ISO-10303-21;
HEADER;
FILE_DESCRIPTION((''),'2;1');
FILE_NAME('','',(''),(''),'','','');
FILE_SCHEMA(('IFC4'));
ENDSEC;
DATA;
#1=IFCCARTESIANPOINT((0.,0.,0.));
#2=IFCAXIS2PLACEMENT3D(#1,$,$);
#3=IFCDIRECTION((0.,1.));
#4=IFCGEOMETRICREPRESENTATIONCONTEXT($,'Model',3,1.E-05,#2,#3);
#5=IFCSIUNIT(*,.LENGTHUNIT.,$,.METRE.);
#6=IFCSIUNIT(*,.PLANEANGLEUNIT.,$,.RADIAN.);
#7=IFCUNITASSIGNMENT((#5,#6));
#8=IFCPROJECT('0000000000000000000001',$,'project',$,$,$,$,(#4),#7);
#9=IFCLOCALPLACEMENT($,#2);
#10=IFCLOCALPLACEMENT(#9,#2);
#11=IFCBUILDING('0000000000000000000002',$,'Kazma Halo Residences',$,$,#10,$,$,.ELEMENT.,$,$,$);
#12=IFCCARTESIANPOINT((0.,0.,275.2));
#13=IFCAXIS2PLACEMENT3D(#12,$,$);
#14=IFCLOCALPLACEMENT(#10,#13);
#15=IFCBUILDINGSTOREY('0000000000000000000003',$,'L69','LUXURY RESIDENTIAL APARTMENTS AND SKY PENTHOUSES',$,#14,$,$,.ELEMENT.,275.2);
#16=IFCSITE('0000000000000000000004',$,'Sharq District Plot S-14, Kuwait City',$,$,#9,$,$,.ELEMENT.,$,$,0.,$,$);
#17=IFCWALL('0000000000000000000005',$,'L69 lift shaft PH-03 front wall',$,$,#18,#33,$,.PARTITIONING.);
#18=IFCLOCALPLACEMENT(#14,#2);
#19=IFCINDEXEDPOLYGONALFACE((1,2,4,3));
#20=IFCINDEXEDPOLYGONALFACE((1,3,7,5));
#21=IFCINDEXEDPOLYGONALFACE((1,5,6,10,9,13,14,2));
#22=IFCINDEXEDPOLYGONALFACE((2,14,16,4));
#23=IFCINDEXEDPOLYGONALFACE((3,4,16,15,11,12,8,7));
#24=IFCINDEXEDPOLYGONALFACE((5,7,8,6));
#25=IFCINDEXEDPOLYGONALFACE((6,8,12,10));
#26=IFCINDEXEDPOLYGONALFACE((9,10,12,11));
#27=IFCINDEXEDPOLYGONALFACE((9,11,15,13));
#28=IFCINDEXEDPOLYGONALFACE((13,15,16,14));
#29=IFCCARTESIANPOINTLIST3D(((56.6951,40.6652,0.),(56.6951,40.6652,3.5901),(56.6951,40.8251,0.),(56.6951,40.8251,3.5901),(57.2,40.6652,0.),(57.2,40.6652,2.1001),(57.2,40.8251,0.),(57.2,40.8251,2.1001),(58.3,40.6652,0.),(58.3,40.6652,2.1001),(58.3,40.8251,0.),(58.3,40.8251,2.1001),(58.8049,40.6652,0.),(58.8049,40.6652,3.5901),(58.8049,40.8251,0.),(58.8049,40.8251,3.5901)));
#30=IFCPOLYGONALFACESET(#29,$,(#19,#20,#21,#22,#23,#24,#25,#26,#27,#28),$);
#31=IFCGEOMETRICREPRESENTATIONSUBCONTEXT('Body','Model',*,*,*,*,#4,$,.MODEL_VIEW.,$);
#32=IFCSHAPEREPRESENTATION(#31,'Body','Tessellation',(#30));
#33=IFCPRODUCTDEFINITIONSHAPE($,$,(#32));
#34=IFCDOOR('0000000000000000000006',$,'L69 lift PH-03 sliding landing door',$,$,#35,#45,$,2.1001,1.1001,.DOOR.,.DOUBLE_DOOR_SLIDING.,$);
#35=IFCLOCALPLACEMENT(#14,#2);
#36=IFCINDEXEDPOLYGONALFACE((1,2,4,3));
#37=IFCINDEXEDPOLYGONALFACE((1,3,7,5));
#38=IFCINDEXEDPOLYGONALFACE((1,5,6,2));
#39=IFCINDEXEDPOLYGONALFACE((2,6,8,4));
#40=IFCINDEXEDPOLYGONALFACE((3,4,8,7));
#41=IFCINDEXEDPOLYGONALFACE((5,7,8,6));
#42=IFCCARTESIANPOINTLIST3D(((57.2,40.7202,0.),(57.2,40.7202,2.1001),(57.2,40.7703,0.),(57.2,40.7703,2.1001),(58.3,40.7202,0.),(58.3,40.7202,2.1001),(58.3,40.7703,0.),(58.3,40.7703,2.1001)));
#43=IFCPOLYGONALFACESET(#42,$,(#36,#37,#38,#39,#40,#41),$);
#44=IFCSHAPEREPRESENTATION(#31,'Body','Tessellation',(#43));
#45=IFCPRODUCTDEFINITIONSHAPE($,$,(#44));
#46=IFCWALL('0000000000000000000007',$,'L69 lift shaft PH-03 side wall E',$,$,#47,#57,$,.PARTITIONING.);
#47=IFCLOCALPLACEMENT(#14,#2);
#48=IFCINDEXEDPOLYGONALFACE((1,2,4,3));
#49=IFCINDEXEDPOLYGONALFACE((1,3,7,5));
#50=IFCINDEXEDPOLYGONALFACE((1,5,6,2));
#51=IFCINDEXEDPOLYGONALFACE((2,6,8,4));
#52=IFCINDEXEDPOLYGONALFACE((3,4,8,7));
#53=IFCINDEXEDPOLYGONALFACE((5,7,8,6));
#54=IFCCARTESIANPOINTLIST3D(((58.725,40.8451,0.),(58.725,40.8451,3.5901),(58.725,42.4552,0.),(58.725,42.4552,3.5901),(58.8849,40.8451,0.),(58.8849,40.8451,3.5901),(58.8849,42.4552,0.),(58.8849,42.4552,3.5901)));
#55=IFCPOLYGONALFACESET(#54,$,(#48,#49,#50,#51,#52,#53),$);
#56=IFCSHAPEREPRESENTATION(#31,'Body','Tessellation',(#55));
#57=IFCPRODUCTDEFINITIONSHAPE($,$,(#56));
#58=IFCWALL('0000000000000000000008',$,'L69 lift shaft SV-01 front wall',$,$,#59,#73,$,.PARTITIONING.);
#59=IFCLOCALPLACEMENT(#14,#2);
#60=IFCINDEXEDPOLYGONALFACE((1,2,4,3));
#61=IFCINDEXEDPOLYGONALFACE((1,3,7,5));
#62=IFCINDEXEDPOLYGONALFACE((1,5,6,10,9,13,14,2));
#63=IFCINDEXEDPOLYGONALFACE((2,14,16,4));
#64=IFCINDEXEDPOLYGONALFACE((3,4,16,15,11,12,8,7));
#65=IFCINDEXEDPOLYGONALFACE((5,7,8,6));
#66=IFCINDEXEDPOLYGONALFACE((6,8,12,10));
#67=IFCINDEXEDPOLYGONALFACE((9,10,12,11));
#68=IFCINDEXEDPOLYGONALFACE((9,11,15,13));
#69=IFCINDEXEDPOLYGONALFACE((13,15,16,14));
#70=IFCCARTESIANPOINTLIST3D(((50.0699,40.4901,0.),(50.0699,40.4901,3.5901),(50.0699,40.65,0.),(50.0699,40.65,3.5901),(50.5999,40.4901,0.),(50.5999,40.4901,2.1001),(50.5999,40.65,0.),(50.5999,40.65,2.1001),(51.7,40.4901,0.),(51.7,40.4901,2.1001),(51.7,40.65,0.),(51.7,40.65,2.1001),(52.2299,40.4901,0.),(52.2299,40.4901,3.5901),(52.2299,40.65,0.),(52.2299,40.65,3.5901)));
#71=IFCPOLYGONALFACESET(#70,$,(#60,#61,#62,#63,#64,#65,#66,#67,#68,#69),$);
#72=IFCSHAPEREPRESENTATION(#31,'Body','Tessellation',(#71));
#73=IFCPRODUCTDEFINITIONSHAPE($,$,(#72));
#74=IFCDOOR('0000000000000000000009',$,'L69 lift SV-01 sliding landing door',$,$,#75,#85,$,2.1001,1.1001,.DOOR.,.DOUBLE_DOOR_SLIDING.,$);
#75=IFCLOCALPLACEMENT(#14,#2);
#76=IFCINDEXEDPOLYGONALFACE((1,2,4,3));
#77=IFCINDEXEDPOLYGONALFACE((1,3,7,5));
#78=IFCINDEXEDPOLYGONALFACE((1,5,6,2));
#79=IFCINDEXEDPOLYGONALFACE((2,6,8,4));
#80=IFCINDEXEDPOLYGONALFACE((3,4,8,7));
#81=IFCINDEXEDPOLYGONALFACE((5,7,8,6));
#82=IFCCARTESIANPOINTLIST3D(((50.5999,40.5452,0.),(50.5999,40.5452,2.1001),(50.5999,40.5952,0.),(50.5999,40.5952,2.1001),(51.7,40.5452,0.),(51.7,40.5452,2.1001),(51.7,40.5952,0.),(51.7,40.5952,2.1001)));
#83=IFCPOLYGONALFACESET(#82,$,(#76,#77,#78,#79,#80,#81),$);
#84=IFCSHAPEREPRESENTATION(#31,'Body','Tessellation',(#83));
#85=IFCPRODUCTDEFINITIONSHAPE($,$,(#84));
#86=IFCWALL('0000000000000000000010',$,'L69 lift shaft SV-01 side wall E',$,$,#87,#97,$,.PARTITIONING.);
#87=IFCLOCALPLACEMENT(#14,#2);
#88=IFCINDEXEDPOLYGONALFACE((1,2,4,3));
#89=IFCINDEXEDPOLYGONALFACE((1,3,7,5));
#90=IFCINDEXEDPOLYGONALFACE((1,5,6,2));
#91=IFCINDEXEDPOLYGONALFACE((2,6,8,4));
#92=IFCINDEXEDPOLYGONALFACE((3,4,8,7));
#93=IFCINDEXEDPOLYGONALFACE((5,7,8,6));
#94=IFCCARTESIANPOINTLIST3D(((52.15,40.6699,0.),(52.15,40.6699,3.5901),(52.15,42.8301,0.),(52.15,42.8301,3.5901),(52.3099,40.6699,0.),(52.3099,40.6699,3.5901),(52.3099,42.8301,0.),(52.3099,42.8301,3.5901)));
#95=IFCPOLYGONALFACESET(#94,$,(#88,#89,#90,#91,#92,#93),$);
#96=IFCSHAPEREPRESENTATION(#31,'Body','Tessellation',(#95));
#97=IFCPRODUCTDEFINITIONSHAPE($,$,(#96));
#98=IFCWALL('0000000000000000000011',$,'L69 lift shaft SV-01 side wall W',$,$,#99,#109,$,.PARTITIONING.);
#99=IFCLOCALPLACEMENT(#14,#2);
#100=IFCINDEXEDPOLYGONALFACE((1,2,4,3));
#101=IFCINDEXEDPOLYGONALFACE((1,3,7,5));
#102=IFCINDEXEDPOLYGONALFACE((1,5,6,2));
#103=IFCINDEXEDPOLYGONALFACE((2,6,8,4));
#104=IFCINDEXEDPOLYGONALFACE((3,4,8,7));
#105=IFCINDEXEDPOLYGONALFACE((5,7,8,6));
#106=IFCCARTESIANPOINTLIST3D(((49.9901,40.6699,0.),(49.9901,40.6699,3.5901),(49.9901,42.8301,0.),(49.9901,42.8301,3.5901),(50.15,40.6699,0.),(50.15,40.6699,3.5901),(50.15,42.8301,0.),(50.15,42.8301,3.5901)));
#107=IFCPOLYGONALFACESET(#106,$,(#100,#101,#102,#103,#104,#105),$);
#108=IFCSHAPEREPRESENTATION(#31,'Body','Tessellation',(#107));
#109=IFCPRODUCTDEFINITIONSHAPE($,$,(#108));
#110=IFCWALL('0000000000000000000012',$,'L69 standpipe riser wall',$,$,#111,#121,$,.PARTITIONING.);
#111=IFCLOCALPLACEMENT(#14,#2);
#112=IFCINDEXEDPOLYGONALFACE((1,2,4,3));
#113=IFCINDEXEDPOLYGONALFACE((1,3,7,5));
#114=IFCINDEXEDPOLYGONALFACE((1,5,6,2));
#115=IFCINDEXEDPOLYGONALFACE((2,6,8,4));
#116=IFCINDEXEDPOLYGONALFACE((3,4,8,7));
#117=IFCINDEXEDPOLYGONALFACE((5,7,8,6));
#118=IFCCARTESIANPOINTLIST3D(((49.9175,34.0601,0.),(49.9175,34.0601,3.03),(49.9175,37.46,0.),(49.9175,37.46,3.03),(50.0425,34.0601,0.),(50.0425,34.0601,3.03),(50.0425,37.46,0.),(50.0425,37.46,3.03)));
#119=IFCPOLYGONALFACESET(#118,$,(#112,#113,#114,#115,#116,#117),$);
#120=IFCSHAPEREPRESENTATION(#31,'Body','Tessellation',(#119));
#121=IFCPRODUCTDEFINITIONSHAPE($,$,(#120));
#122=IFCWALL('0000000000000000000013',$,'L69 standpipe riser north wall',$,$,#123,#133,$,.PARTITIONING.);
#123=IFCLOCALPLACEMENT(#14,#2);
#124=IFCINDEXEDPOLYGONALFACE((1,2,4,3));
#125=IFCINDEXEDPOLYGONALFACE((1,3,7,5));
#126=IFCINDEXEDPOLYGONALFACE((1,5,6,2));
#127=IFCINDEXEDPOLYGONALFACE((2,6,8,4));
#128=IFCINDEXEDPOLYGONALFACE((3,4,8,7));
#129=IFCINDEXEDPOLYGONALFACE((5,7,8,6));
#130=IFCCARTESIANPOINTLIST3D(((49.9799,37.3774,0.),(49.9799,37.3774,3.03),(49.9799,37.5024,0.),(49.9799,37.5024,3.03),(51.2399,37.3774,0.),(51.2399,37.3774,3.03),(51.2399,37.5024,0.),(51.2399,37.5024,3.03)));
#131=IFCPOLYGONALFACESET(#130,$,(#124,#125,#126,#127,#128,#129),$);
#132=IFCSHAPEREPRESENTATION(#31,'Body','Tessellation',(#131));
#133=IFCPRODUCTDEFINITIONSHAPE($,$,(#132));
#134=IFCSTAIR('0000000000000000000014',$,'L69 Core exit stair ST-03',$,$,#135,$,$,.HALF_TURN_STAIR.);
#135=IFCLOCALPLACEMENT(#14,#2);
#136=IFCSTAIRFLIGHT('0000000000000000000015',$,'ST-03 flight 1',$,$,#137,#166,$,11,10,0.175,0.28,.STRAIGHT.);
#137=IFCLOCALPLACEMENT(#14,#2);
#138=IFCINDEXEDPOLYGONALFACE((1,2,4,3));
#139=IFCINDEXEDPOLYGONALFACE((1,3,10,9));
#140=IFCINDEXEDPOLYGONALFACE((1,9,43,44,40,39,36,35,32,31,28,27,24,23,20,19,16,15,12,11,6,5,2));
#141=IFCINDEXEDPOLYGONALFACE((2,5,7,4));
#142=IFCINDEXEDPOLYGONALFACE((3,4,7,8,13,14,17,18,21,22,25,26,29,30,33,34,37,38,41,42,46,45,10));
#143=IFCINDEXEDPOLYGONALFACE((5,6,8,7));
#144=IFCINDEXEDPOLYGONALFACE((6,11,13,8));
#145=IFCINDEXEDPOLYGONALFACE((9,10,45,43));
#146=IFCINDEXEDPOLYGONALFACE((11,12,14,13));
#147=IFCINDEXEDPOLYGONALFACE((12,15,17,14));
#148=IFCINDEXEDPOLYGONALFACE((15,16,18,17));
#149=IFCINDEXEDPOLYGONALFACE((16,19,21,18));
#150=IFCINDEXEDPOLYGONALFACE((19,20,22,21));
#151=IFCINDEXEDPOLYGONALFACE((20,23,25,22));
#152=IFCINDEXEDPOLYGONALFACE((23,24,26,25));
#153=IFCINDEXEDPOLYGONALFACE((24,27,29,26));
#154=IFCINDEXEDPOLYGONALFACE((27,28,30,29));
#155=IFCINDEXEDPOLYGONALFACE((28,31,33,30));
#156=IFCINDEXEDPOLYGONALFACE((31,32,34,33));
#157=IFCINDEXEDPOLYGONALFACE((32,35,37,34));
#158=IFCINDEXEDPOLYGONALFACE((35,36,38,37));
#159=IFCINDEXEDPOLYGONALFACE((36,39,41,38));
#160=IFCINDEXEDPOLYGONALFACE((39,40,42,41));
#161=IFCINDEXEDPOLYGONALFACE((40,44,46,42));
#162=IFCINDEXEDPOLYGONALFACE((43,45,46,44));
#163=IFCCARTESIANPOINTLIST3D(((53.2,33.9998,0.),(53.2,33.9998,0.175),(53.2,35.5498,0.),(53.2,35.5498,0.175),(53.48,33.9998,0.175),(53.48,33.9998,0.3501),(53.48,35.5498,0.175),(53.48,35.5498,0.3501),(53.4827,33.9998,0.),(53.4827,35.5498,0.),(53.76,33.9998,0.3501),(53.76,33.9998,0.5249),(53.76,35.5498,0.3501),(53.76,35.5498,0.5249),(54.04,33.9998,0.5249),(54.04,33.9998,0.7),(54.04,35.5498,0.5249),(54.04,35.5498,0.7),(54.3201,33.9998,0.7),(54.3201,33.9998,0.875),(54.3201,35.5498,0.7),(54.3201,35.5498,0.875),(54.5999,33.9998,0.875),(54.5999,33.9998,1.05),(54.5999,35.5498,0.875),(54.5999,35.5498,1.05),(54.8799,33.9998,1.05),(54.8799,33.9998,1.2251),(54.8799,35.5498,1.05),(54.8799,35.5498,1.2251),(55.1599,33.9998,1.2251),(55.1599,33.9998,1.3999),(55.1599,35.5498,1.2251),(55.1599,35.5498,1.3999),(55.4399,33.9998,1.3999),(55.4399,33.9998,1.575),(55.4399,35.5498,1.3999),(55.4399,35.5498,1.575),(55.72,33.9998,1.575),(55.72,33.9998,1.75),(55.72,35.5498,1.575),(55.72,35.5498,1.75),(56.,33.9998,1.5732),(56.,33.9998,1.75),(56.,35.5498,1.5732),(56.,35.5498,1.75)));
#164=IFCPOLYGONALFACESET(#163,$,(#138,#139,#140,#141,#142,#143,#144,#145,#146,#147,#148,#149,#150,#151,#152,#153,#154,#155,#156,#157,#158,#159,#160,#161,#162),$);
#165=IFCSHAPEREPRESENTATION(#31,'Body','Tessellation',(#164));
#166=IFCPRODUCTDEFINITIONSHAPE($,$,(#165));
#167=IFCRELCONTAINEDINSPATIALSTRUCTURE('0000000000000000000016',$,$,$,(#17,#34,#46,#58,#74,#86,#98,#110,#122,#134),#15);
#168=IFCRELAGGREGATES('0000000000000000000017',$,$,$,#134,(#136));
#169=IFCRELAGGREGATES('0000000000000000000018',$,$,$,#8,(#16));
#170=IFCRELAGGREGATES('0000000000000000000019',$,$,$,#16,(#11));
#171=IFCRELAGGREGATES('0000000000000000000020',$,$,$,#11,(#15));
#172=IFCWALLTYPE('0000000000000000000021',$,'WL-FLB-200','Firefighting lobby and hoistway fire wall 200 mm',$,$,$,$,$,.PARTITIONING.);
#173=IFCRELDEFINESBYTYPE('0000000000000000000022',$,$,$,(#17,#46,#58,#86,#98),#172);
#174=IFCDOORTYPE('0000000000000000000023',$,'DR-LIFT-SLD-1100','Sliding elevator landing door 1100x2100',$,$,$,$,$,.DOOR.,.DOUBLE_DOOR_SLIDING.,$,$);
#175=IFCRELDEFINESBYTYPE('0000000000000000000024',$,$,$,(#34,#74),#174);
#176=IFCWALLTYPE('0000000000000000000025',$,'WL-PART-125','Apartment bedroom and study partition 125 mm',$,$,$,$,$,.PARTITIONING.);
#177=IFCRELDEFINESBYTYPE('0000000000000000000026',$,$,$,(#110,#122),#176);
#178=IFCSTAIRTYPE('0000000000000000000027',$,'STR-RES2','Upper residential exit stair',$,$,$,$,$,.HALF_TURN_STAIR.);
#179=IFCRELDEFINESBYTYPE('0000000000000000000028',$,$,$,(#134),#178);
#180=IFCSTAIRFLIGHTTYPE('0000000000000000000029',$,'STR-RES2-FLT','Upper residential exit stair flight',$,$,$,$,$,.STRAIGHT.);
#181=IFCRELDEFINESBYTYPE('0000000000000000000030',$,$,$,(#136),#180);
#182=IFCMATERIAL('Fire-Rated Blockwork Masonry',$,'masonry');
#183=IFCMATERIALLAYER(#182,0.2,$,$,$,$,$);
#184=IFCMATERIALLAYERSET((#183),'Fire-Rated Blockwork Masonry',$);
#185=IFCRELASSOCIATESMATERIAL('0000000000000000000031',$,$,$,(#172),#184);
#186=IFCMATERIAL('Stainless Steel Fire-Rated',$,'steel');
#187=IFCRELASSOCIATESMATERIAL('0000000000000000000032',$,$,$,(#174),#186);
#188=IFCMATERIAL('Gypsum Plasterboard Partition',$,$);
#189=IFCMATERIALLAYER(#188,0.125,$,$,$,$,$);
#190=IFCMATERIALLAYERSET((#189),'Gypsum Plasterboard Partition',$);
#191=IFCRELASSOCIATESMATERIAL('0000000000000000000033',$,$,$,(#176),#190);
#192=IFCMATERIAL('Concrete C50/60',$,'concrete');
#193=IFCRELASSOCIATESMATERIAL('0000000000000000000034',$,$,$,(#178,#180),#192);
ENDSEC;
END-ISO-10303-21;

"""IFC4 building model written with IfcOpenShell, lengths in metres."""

from ifc_helpers import new_model, si_unit, direction, frame, frame_2d, origin, place, context, subcontext, project, spatial, polyline, rectangle, outline, extrude, material, layer, layer_set, type_object, element, fill, aggregate, save


model = new_model("IFC4")

# Units and contexts
model_context = context("Model", 3, precision=1e-05, world=origin(), true_north=direction((0.0, 1.0)))
body_context = subcontext(model_context, "Body", "Model", "MODEL_VIEW")
ifc_project = project(units=[si_unit("LENGTHUNIT", "METRE"), si_unit("PLANEANGLEUNIT", "RADIAN")], contexts=[model_context])

# Site, building, storey
site_placement = place(None, origin())
site = spatial("IfcSite", under=ifc_project, at=site_placement, Name="Sharq District Plot S-14, Kuwait City", CompositionType="ELEMENT", RefElevation=0.0)
building_placement = place(site_placement, origin())
building = spatial("IfcBuilding", under=site, at=building_placement, Name="Kazma Halo Residences", CompositionType="ELEMENT")
storey_placement = place(building_placement, frame((0.0, 0.0, 275.2)))
storey = spatial("IfcBuildingStorey", under=building, at=storey_placement, Name="L69", Description="LUXURY RESIDENTIAL APARTMENTS AND SKY PENTHOUSES", CompositionType="ELEMENT", Elevation=275.2)

# Shared definitions
ifc_material_1 = material(Name="Fire-Rated Blockwork Masonry", Category="masonry")
ifc_layer_1 = layer(ifc_material_1, 0.2)
ifc_layer_set_1 = layer_set([ifc_layer_1], Name="Fire-Rated Blockwork Masonry")
wall_type_1 = type_object("IfcWallType", Name="WL-FLB-200", Description="Firefighting lobby and hoistway fire wall 200 mm", PredefinedType="PARTITIONING", material=ifc_layer_set_1)
ifc_material_2 = material(Name="Stainless Steel Fire-Rated", Category="steel")
door_type_1 = type_object("IfcDoorType", Name="DR-LIFT-SLD-1100", Description="Sliding elevator landing door 1100x2100", OperationType="DOUBLE_DOOR_SLIDING", PredefinedType="DOOR", material=ifc_material_2)

# Wall, opening, door
wall_1_placement = place(storey_placement, frame((58.8049, 40.7451, 0.0), z_axis=(0.0, 0.0, 1.0), x_axis=(-1.0, 0.0, 0.0)))
wall_1 = element("IfcWall", 1, at=wall_1_placement, inside=storey, type_object=wall_type_1, Name="L69 lift shaft PH-03 front wall", PredefinedType="PARTITIONING", context=body_context, shape_type="SweptSolid", body=[
    extrude(rectangle(XDim=2.1099, YDim=0.1599, at=frame_2d((1.0549, 0.0))), origin(), (0.0, 0.0, 1.0), 3.5901),
])
opening_1_placement = place(wall_1_placement, frame((0.5049, 0.0, 0.0)))
opening_1 = element("IfcOpeningElement", 2, at=opening_1_placement, cuts=wall_1, PredefinedType="OPENING", context=body_context, shape_type="SweptSolid", body=[
    extrude(rectangle(XDim=1.1001, YDim=2.1001, at=frame_2d((0.55, 1.05))), frame((0.0, 0.0898, 0.0), z_axis=(0.0, -1.0, 0.0), x_axis=(1.0, 0.0, 0.0)), (0.0, 0.0, 1.0), 0.1799),
])
door_1_placement = place(opening_1_placement, origin())
door_1 = element("IfcDoor", 3, at=door_1_placement, inside=storey, type_object=door_type_1, Name="L69 lift PH-03 sliding landing door", OperationType="DOUBLE_DOOR_SLIDING", OverallHeight=2.1001, OverallWidth=1.1001, PredefinedType="DOOR", context=body_context, shape_type="SweptSolid", body=[
    extrude(rectangle(XDim=1.1001, YDim=2.1001, at=frame_2d((0.55, 1.05))), frame((0.0, 0.0249, 0.0), z_axis=(0.0, -1.0, 0.0), x_axis=(1.0, 0.0, 0.0)), (0.0, 0.0, 1.0), 0.05),
])
fill(opening_1, door_1)

# Wall
wall_2_placement = place(storey_placement, frame((58.8049, 40.845, 0.0), z_axis=(0.0, 0.0, 1.0), x_axis=(0.0, 1.0, 0.0)))
element("IfcWall", 4, at=wall_2_placement, inside=storey, type_object=wall_type_1, Name="L69 lift shaft PH-03 side wall E", PredefinedType="PARTITIONING", context=body_context, shape_type="SweptSolid", body=[
    extrude(rectangle(XDim=1.6101, YDim=0.1599, at=frame_2d((0.8052, 0.0))), origin(), (0.0, 0.0, 1.0), 3.5901),
])

# Wall, opening, door
wall_3_placement = place(storey_placement, frame((52.23, 40.5701, 0.0), z_axis=(0.0, 0.0, 1.0), x_axis=(-1.0, 0.0, 0.0)))
wall_3 = element("IfcWall", 5, at=wall_3_placement, inside=storey, type_object=wall_type_1, Name="L69 lift shaft SV-01 front wall", PredefinedType="PARTITIONING", context=body_context, shape_type="SweptSolid", body=[
    extrude(rectangle(XDim=2.1599, YDim=0.1599, at=frame_2d((1.0801, 0.0))), origin(), (0.0, 0.0, 1.0), 3.5901),
])
opening_2_placement = place(wall_3_placement, frame((0.53, 0.0, 0.0)))
opening_2 = element("IfcOpeningElement", 6, at=opening_2_placement, cuts=wall_3, PredefinedType="OPENING", context=body_context, shape_type="SweptSolid", body=[
    extrude(rectangle(XDim=1.1001, YDim=2.1001, at=frame_2d((0.55, 1.05))), frame((0.0, 0.0898, 0.0), z_axis=(0.0, -1.0, 0.0), x_axis=(1.0, 0.0, 0.0)), (0.0, 0.0, 1.0), 0.1799),
])
door_2_placement = place(opening_2_placement, origin())
door_2 = element("IfcDoor", 7, at=door_2_placement, inside=storey, type_object=door_type_1, Name="L69 lift SV-01 sliding landing door", OperationType="DOUBLE_DOOR_SLIDING", OverallHeight=2.1001, OverallWidth=1.1001, PredefinedType="DOOR", context=body_context, shape_type="SweptSolid", body=[
    extrude(rectangle(XDim=1.1001, YDim=2.1001, at=frame_2d((0.55, 1.05))), frame((0.0, 0.0249, 0.0), z_axis=(0.0, -1.0, 0.0), x_axis=(1.0, 0.0, 0.0)), (0.0, 0.0, 1.0), 0.05),
])
fill(opening_2, door_2)

# Walls
for number, where, z_axis, x_axis, name in (
    (8, (52.23, 40.6699, 0.0), (0.0, 0.0, 1.0), (0.0, 1.0, 0.0), "L69 lift shaft SV-01 side wall E"),
    (9, (50.0701, 40.6699, 0.0), (0.0, 0.0, 1.0), (0.0, 1.0, 0.0), "L69 lift shaft SV-01 side wall W"),
):
    element("IfcWall", number, at=place(storey_placement, frame(where, z_axis=z_axis, x_axis=x_axis)), inside=storey, type_object=wall_type_1, Name=name, PredefinedType="PARTITIONING", context=body_context, shape_type="SweptSolid", body=[
        extrude(rectangle(XDim=2.1602, YDim=0.1599, at=frame_2d((1.0801, 0.0))), origin(), (0.0, 0.0, 1.0), 3.5901),
    ])
ifc_material_3 = material(Name="Gypsum Plasterboard Partition")
ifc_layer_2 = layer(ifc_material_3, 0.125)
ifc_layer_set_2 = layer_set([ifc_layer_2], Name="Gypsum Plasterboard Partition")
wall_type_2 = type_object("IfcWallType", Name="WL-PART-125", Description="Apartment bedroom and study partition 125 mm", PredefinedType="PARTITIONING", material=ifc_layer_set_2)
wall_4_placement = place(storey_placement, frame((49.98, 34.0601, 0.0), z_axis=(0.0, 0.0, 1.0), x_axis=(0.0, 1.0, 0.0)))
element("IfcWall", 10, at=wall_4_placement, inside=storey, type_object=wall_type_2, Name="L69 standpipe riser wall", PredefinedType="PARTITIONING", context=body_context, shape_type="SweptSolid", body=[
    extrude(rectangle(XDim=3.3999, YDim=0.125, at=frame_2d((1.7, 0.0))), origin(), (0.0, 0.0, 1.0), 3.03),
])
wall_5_placement = place(storey_placement, frame((49.98, 37.4399, 0.0), z_axis=(0.0, 0.0, 1.0), x_axis=(1.0, 0.0, 0.0)))
element("IfcWall", 11, at=wall_5_placement, inside=storey, type_object=wall_type_2, Name="L69 standpipe riser north wall", PredefinedType="PARTITIONING", context=body_context, shape_type="SweptSolid", body=[
    extrude(rectangle(XDim=1.26, YDim=0.125, at=frame_2d((0.6299, 0.0))), origin(), (0.0, 0.0, 1.0), 3.03),
])

# Shared definitions
ifc_material_4 = material(Name="Concrete C50/60", Category="concrete")

# Stair, stair flight
stair_type = type_object("IfcStairType", Name="STR-RES2", Description="Upper residential exit stair", PredefinedType="HALF_TURN_STAIR", material=ifc_material_4)
stair_placement = place(storey_placement, origin())
stair = element("IfcStair", 12, at=stair_placement, inside=storey, type_object=stair_type, Name="L69 Core exit stair ST-03", PredefinedType="HALF_TURN_STAIR")
stair_flight_type = type_object("IfcStairFlightType", Name="STR-RES2-FLT", Description="Upper residential exit stair flight", PredefinedType="STRAIGHT", material=ifc_material_4)
stair_flight_1_placement = place(storey_placement, frame((53.2, 34.7749, 0.0), z_axis=(0.0, 0.0, 1.0), x_axis=(1.0, 0.0, 0.0)))
stair_flight_1 = element("IfcStairFlight", 13, at=stair_flight_1_placement, type_object=stair_flight_type, Name="ST-03 flight 1", NumberOfRisers=11, NumberOfTreads=10, PredefinedType="STRAIGHT", RiserHeight=0.175, TreadLength=0.28, context=body_context, shape_type="SweptSolid", body=[
    extrude(outline(polyline([(0.0, 0.0), (0.0, 0.175), (0.28, 0.175), (0.28, 0.3501), (0.5601, 0.3501), (0.5601, 0.5249), (0.8401, 0.5249), (0.8401, 0.7), (1.1201, 0.7), (1.1201, 0.875), (1.3999, 0.875), (1.3999, 1.05), (1.6799, 1.05), (1.6799, 1.2251), (1.96, 1.2251), (1.96, 1.3999), (2.24, 1.3999), (2.24, 1.575), (2.52, 1.575), (2.52, 1.75), (2.8, 1.75), (2.8, 1.925), (2.8, 1.5732), (0.2827, 0.0), (0.0, 0.0)])), frame((0.0, 0.7749, 0.0), z_axis=(0.0, -1.0, 0.0), x_axis=(1.0, 0.0, 0.0)), (0.0, 0.0, 1.0), 1.55),
])
aggregate(stair, [stair_flight_1])

save(model, "model.ifc")
